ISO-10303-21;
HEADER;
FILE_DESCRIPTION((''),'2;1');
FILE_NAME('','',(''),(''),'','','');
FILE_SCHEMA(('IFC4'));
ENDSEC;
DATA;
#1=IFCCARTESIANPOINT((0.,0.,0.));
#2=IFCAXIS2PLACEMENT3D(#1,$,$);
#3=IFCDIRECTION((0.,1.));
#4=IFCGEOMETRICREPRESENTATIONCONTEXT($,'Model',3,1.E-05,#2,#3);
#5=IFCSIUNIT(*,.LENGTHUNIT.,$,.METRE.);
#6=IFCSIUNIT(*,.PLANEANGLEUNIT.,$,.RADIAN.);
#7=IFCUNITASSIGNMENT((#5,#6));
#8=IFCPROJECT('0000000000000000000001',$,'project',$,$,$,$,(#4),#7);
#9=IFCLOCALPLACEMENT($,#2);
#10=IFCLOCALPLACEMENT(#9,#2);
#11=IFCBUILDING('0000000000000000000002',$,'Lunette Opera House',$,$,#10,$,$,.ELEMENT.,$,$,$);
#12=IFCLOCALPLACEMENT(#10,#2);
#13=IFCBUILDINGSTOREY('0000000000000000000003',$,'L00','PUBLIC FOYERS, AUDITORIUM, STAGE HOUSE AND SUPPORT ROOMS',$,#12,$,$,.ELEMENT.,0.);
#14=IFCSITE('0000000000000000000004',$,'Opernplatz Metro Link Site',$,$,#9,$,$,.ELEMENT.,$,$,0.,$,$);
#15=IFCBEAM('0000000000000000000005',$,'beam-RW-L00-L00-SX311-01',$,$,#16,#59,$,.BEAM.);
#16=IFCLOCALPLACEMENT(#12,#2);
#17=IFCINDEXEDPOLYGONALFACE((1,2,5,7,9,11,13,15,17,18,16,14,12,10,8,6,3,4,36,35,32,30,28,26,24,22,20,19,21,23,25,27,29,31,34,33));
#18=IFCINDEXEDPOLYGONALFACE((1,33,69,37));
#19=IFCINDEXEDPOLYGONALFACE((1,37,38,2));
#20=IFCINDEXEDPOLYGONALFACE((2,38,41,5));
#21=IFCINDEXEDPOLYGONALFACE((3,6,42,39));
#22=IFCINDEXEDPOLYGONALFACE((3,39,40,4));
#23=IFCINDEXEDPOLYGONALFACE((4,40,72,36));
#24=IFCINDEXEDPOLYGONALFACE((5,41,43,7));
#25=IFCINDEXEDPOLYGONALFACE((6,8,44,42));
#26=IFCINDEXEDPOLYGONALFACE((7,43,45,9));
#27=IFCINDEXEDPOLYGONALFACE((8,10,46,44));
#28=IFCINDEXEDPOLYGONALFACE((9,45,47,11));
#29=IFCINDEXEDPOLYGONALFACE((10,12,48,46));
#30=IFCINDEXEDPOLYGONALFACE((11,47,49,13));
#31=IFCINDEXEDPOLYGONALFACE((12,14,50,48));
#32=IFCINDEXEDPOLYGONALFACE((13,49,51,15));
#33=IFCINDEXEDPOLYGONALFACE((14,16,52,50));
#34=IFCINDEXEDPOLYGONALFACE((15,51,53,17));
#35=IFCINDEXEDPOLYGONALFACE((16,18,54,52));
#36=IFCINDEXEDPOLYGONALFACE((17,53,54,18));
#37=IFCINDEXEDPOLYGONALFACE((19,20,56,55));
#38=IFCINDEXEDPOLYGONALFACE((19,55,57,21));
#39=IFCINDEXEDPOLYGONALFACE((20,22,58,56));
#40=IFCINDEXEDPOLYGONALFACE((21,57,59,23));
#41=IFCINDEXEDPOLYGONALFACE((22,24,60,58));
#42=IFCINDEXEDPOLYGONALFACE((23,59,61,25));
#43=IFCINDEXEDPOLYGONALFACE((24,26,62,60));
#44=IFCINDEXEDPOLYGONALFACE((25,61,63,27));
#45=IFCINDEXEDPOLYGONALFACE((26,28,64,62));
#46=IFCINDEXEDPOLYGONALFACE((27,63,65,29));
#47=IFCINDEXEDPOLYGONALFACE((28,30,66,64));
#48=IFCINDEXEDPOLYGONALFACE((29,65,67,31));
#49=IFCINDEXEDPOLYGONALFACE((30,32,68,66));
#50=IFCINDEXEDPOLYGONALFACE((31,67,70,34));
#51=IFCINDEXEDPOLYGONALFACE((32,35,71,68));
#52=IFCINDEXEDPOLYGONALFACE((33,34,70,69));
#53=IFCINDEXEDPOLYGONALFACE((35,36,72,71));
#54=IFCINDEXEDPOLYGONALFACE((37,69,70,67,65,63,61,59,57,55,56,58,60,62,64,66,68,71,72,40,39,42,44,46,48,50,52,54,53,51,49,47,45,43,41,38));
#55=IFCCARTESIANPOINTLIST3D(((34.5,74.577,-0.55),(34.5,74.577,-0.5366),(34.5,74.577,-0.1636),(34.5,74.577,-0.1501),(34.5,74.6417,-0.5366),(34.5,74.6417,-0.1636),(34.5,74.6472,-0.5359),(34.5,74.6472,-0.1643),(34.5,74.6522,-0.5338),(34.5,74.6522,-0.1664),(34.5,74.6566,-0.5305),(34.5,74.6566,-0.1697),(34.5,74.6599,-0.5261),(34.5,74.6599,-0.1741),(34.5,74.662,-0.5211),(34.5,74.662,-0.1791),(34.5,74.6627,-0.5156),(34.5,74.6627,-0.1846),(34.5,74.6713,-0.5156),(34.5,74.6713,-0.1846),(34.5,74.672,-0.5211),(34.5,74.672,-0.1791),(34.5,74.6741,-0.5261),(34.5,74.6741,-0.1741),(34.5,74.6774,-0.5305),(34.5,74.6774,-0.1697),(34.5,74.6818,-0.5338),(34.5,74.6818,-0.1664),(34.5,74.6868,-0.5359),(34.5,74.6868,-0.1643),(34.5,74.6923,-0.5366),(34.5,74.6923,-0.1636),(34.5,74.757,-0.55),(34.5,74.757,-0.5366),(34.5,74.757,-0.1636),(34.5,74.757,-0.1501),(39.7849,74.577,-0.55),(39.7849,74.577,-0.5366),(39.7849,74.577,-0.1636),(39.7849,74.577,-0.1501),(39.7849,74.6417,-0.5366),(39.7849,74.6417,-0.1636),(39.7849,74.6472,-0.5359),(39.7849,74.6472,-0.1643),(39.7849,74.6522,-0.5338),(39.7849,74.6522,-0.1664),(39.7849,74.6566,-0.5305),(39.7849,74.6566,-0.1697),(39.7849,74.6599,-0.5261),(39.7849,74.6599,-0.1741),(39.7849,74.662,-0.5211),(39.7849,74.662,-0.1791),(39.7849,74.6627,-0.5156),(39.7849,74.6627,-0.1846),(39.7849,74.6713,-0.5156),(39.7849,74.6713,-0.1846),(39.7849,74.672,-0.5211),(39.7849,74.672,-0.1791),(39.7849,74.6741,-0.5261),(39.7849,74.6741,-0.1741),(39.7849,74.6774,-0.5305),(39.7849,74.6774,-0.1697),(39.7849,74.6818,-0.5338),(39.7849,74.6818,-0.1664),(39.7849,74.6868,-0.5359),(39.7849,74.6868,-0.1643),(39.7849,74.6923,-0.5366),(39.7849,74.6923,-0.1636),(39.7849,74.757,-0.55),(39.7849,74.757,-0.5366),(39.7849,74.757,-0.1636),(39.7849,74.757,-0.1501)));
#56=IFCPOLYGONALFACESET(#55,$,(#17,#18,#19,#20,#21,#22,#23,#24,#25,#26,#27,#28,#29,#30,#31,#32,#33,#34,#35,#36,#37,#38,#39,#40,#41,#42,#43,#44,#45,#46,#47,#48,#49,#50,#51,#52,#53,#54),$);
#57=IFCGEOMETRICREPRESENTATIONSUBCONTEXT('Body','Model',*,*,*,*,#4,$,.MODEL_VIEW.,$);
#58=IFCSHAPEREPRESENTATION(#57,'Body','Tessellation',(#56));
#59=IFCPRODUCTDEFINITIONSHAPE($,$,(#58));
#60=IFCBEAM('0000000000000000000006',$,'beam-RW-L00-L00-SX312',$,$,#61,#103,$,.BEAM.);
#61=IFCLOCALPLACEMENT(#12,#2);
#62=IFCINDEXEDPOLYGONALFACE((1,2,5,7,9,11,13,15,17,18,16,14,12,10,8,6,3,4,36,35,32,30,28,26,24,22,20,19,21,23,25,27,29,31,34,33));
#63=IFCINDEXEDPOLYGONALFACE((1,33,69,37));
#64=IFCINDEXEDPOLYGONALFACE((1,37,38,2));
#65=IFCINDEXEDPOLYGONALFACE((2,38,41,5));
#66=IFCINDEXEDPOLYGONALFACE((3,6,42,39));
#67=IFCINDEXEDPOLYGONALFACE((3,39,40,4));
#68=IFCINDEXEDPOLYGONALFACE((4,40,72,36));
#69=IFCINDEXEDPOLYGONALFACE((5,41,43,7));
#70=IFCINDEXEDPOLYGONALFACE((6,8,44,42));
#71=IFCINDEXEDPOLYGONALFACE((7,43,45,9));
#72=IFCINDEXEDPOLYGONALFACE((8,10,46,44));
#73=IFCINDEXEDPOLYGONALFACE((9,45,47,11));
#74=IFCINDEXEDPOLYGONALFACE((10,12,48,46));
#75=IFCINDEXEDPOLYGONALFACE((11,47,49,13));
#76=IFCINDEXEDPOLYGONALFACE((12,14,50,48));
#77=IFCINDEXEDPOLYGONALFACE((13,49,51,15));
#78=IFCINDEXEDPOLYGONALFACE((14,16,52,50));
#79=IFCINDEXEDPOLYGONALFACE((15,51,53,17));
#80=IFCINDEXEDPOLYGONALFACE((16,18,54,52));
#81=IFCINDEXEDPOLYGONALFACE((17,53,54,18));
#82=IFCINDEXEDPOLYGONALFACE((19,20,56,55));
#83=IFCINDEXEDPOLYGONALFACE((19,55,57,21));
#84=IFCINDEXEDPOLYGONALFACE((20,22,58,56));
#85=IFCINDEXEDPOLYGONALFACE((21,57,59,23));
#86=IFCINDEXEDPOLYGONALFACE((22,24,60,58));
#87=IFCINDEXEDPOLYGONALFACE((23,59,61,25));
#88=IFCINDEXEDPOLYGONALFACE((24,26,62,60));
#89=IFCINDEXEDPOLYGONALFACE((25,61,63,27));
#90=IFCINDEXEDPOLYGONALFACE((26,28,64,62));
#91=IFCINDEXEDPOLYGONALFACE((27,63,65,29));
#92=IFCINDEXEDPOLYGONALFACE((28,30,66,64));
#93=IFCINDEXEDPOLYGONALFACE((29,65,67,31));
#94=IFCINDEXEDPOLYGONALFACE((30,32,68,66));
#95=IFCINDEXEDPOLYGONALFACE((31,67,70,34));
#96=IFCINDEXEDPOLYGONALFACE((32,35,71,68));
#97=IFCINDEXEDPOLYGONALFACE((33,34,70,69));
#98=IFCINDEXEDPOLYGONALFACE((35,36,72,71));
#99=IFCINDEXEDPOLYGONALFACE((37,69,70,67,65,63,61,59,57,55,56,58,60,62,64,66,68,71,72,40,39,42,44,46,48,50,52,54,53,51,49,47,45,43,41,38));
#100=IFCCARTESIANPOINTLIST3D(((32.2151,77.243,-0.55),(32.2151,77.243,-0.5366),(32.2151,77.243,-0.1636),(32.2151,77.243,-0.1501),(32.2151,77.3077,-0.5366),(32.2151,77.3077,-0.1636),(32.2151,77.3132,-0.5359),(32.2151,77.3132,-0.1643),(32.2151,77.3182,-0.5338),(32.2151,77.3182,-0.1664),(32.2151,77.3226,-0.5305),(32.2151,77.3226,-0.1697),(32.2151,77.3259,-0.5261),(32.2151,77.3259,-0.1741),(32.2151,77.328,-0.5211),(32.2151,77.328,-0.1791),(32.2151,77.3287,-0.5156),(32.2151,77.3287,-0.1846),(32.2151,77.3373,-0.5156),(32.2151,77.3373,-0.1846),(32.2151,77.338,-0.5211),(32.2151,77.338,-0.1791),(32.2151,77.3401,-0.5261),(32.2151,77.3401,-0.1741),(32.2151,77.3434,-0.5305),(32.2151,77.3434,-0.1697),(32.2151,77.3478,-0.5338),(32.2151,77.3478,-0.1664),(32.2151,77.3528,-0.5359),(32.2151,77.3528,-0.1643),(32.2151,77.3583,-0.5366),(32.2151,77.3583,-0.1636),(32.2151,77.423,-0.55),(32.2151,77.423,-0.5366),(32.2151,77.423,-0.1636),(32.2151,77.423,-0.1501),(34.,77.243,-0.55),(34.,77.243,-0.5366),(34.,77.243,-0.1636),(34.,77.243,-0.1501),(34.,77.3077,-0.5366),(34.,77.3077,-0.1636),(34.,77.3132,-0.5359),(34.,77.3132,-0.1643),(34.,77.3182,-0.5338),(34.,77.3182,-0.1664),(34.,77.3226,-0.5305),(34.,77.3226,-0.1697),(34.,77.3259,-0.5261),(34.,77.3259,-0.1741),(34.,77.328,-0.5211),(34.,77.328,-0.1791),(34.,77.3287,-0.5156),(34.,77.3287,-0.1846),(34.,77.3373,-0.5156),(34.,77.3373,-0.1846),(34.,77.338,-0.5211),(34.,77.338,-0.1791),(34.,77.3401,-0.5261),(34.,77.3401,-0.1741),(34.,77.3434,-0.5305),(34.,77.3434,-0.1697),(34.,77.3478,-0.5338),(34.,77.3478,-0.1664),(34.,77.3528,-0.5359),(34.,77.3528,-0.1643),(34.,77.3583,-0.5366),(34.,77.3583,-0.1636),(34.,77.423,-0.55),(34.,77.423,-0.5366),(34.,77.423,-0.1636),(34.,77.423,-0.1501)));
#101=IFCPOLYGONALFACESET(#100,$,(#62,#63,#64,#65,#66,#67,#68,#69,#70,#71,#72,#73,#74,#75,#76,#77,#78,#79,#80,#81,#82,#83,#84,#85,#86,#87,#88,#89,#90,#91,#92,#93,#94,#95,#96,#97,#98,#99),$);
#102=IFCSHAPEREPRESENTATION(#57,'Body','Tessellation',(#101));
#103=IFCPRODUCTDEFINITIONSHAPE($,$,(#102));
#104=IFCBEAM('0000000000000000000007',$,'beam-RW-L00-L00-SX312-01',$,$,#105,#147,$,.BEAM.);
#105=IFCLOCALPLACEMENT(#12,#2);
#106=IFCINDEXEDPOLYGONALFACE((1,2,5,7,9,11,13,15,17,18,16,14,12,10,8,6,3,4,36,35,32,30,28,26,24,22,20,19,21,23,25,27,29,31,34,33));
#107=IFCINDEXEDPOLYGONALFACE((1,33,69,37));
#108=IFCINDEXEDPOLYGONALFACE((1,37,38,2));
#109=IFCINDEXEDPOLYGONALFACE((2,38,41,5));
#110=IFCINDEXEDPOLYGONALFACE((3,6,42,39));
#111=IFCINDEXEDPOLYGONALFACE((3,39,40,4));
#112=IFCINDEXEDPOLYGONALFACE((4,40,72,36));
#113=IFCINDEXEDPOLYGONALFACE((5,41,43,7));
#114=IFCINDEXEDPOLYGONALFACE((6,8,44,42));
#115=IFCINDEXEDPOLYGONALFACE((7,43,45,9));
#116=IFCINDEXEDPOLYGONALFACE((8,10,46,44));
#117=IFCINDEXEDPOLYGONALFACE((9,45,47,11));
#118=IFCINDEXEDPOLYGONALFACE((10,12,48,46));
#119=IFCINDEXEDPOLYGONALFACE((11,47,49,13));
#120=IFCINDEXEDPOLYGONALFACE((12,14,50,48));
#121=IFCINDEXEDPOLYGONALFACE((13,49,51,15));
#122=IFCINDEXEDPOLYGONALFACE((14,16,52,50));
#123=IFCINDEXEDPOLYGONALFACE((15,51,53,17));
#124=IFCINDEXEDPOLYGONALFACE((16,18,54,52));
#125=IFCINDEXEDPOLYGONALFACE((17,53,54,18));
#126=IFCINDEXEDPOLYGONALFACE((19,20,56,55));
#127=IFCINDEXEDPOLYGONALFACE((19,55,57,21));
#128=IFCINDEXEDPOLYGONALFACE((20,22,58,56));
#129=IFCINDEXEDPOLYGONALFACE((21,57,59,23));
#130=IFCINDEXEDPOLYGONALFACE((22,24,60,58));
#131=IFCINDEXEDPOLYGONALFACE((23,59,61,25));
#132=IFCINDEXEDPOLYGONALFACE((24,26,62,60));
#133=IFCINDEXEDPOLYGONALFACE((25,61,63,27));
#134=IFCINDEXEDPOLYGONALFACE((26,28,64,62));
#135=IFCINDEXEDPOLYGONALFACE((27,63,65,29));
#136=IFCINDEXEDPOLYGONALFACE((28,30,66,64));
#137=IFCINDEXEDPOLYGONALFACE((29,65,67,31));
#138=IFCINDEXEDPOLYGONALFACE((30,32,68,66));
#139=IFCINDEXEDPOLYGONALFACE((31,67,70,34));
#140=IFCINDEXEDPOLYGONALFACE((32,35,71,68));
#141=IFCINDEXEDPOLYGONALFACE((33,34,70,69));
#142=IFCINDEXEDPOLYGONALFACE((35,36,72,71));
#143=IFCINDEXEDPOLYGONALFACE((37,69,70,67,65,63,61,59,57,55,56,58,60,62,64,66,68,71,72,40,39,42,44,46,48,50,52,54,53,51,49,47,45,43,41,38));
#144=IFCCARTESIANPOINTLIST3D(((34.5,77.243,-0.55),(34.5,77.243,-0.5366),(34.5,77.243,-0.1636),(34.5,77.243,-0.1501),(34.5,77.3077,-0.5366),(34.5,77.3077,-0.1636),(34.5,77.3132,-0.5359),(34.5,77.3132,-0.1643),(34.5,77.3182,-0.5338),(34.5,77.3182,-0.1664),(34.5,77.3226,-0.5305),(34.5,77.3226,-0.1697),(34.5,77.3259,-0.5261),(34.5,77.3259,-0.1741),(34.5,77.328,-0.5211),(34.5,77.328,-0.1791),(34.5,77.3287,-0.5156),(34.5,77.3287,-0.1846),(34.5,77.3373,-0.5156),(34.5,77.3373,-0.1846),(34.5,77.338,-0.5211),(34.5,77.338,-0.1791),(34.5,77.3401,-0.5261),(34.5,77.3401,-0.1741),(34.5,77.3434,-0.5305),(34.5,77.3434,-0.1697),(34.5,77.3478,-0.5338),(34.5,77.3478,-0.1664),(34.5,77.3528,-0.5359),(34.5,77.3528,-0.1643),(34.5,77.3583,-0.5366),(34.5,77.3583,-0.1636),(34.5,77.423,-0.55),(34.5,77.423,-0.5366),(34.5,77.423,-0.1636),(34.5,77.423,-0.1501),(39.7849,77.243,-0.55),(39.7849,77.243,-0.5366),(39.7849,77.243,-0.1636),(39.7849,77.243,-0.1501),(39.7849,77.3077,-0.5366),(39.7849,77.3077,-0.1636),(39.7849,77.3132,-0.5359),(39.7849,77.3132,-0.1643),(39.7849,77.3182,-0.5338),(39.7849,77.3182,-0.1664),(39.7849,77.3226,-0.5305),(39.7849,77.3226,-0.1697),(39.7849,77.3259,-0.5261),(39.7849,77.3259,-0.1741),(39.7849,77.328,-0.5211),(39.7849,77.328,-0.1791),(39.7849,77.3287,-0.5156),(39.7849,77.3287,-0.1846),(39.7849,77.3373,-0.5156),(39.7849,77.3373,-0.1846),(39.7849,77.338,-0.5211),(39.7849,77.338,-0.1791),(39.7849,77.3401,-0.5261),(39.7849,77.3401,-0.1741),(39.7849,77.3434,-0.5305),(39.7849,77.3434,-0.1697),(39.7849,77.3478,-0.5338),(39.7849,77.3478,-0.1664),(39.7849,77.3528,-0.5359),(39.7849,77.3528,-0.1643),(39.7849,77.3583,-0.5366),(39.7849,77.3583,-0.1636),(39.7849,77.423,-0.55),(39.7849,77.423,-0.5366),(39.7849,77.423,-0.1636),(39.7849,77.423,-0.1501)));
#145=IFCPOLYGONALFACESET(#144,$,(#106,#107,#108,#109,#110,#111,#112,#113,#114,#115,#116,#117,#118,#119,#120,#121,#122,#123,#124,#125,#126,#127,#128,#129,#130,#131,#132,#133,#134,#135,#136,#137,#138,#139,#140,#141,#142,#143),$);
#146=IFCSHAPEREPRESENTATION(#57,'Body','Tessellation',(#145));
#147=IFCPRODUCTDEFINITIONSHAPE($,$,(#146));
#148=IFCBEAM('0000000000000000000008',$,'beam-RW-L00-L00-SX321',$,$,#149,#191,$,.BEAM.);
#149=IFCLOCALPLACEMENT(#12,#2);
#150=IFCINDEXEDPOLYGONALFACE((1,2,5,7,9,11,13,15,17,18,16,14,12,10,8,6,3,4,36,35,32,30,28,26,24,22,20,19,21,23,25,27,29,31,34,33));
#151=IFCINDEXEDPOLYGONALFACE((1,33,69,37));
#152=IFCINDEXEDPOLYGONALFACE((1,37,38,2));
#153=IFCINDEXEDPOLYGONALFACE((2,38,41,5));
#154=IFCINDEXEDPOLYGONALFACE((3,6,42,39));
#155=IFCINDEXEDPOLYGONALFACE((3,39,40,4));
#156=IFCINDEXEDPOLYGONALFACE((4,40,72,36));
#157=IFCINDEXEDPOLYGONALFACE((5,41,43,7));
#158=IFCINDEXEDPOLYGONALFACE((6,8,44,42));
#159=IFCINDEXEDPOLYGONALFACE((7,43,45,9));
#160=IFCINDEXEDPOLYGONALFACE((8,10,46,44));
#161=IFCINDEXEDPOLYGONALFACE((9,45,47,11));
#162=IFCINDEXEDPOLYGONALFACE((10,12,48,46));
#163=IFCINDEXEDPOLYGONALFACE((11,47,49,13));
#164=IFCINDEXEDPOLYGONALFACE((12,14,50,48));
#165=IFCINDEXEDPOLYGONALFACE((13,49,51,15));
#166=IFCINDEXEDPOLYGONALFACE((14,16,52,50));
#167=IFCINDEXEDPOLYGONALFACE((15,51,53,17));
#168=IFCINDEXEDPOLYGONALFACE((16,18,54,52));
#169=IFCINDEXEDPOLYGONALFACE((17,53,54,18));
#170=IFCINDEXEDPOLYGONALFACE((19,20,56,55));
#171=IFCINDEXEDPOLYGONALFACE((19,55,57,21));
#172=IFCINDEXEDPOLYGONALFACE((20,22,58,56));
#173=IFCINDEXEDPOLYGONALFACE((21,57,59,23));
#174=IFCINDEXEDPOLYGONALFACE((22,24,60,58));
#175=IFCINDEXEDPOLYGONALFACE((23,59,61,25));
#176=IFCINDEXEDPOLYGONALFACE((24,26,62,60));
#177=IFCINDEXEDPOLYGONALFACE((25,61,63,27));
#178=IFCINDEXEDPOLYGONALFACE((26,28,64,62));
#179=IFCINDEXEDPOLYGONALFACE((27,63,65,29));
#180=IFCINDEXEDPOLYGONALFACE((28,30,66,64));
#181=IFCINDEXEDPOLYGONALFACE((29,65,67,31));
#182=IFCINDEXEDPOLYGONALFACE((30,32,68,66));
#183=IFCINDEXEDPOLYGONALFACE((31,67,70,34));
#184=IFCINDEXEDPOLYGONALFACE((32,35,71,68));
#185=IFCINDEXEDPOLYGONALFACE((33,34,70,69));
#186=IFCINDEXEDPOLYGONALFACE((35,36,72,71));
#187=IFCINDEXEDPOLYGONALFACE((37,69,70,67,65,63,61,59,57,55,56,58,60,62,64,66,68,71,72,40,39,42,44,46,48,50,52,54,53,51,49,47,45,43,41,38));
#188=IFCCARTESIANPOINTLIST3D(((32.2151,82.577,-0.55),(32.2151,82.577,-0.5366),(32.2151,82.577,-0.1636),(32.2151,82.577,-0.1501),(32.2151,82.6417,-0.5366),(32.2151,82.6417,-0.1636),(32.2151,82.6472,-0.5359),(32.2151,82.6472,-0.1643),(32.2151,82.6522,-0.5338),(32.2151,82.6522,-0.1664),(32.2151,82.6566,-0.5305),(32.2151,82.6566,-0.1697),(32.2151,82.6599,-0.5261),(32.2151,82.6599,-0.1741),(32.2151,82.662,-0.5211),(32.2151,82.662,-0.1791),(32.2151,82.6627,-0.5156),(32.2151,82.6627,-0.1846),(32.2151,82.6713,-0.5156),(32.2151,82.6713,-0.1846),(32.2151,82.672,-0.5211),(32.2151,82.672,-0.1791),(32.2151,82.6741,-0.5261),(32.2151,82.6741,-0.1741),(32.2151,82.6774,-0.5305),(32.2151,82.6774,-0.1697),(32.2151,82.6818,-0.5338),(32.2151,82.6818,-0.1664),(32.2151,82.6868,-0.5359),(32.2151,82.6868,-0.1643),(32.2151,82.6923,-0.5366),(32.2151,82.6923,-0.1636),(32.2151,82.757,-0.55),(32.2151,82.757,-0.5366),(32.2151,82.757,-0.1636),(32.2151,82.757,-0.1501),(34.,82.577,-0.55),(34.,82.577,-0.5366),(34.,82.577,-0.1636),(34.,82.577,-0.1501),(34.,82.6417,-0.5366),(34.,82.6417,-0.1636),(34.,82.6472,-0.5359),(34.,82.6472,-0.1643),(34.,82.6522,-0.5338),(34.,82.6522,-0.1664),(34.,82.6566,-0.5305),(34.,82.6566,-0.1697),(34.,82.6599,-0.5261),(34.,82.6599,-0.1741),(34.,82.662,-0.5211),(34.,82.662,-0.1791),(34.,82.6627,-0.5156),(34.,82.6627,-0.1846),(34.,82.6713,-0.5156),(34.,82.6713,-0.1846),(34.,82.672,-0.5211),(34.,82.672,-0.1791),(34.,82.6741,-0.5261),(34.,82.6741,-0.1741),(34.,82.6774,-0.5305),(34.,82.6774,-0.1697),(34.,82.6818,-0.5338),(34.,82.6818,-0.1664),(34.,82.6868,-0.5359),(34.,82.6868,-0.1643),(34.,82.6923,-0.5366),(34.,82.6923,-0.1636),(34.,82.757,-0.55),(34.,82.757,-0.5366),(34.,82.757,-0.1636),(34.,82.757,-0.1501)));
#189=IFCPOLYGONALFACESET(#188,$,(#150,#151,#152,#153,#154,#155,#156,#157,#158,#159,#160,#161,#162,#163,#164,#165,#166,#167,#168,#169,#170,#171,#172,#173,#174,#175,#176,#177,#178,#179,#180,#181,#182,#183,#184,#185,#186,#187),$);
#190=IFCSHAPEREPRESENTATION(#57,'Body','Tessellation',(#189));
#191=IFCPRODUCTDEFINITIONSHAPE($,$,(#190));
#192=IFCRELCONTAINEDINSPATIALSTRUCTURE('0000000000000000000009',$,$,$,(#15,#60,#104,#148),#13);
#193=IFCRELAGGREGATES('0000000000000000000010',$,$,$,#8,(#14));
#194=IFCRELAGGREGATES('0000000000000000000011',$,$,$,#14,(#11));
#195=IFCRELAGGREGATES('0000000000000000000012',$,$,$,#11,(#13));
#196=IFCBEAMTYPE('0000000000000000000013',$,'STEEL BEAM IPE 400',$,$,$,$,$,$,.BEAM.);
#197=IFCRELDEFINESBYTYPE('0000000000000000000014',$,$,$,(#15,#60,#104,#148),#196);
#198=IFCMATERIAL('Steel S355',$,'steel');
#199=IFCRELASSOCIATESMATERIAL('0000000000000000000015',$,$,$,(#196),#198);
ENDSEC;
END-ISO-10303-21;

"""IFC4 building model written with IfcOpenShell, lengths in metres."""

from ifc_helpers import new_model, si_unit, direction, frame, origin, origin_2d, place, context, subcontext, project, spatial, i_section, extrude, material, material_profile, profile_set, type_object, element, save


model = new_model("IFC4")

# Units and contexts
model_context = context("Model", 3, precision=1e-05, world=origin(), true_north=direction((0.0, 1.0)))
body_context = subcontext(model_context, "Body", "Model", "MODEL_VIEW")
ifc_project = project(units=[si_unit("LENGTHUNIT", "METRE"), si_unit("PLANEANGLEUNIT", "RADIAN")], contexts=[model_context])

# Site, building, storey
site_placement = place(None, origin())
site = spatial("IfcSite", under=ifc_project, at=site_placement, Name="Opernplatz Metro Link Site", CompositionType="ELEMENT", RefElevation=0.0)
building_placement = place(site_placement, origin())
building = spatial("IfcBuilding", under=site, at=building_placement, Name="Lunette Opera House", CompositionType="ELEMENT")
storey_placement = place(building_placement, origin())
storey = spatial("IfcBuildingStorey", under=building, at=storey_placement, Name="L00", Description="PUBLIC FOYERS, AUDITORIUM, STAGE HOUSE AND SUPPORT ROOMS", CompositionType="ELEMENT", Elevation=0.0)

# Beams
ifc_material_1 = material(Name="Steel S355", Category="steel")
ifc_material_profile_1 = material_profile(ifc_material_1, i_section(OverallWidth=0.1799, OverallDepth=0.3999, WebThickness=0.0085, FlangeThickness=0.0134, FilletRadius=0.021, at=origin_2d()), Name="IPE 400")
ifc_profile_set_1 = profile_set([ifc_material_profile_1], Name="Steel S355")
beam_type_1 = type_object("IfcBeamType", Name="STEEL BEAM IPE 400", PredefinedType="BEAM", material=ifc_profile_set_1)
beam_1_placement = place(storey_placement, frame((34.5, 74.667, -0.3501), z_axis=(1.0, 0.0, 0.0), x_axis=(0.0, 1.0, 0.0)))
element("IfcBeam", 1, at=beam_1_placement, inside=storey, type_object=beam_type_1, Name="beam-RW-L00-L00-SX311-01", PredefinedType="BEAM", context=body_context, shape_type="SweptSolid", body=[
    extrude(i_section(OverallWidth=0.1799, OverallDepth=0.3999, WebThickness=0.0085, FlangeThickness=0.0134, FilletRadius=0.021, at=origin_2d()), origin(), (0.0, 0.0, 1.0), 5.2849),
])
beam_2_placement = place(storey_placement, frame((32.2151, 77.333, -0.3501), z_axis=(1.0, 0.0, 0.0), x_axis=(0.0, 1.0, 0.0)))
element("IfcBeam", 2, at=beam_2_placement, inside=storey, type_object=beam_type_1, Name="beam-RW-L00-L00-SX312", PredefinedType="BEAM", context=body_context, shape_type="SweptSolid", body=[
    extrude(i_section(OverallWidth=0.1799, OverallDepth=0.3999, WebThickness=0.0085, FlangeThickness=0.0134, FilletRadius=0.021, at=origin_2d()), origin(), (0.0, 0.0, 1.0), 1.7849),
])
beam_3_placement = place(storey_placement, frame((34.5, 77.333, -0.3501), z_axis=(1.0, 0.0, 0.0), x_axis=(0.0, 1.0, 0.0)))
element("IfcBeam", 3, at=beam_3_placement, inside=storey, type_object=beam_type_1, Name="beam-RW-L00-L00-SX312-01", PredefinedType="BEAM", context=body_context, shape_type="SweptSolid", body=[
    extrude(i_section(OverallWidth=0.1799, OverallDepth=0.3999, WebThickness=0.0085, FlangeThickness=0.0134, FilletRadius=0.021, at=origin_2d()), origin(), (0.0, 0.0, 1.0), 5.2849),
])
beam_4_placement = place(storey_placement, frame((32.2151, 82.667, -0.3501), z_axis=(1.0, 0.0, 0.0), x_axis=(0.0, 1.0, 0.0)))
element("IfcBeam", 4, at=beam_4_placement, inside=storey, type_object=beam_type_1, Name="beam-RW-L00-L00-SX321", PredefinedType="BEAM", context=body_context, shape_type="SweptSolid", body=[
    extrude(i_section(OverallWidth=0.1799, OverallDepth=0.3999, WebThickness=0.0085, FlangeThickness=0.0134, FilletRadius=0.021, at=origin_2d()), origin(), (0.0, 0.0, 1.0), 1.7849),
])

save(model, "model.ifc")
